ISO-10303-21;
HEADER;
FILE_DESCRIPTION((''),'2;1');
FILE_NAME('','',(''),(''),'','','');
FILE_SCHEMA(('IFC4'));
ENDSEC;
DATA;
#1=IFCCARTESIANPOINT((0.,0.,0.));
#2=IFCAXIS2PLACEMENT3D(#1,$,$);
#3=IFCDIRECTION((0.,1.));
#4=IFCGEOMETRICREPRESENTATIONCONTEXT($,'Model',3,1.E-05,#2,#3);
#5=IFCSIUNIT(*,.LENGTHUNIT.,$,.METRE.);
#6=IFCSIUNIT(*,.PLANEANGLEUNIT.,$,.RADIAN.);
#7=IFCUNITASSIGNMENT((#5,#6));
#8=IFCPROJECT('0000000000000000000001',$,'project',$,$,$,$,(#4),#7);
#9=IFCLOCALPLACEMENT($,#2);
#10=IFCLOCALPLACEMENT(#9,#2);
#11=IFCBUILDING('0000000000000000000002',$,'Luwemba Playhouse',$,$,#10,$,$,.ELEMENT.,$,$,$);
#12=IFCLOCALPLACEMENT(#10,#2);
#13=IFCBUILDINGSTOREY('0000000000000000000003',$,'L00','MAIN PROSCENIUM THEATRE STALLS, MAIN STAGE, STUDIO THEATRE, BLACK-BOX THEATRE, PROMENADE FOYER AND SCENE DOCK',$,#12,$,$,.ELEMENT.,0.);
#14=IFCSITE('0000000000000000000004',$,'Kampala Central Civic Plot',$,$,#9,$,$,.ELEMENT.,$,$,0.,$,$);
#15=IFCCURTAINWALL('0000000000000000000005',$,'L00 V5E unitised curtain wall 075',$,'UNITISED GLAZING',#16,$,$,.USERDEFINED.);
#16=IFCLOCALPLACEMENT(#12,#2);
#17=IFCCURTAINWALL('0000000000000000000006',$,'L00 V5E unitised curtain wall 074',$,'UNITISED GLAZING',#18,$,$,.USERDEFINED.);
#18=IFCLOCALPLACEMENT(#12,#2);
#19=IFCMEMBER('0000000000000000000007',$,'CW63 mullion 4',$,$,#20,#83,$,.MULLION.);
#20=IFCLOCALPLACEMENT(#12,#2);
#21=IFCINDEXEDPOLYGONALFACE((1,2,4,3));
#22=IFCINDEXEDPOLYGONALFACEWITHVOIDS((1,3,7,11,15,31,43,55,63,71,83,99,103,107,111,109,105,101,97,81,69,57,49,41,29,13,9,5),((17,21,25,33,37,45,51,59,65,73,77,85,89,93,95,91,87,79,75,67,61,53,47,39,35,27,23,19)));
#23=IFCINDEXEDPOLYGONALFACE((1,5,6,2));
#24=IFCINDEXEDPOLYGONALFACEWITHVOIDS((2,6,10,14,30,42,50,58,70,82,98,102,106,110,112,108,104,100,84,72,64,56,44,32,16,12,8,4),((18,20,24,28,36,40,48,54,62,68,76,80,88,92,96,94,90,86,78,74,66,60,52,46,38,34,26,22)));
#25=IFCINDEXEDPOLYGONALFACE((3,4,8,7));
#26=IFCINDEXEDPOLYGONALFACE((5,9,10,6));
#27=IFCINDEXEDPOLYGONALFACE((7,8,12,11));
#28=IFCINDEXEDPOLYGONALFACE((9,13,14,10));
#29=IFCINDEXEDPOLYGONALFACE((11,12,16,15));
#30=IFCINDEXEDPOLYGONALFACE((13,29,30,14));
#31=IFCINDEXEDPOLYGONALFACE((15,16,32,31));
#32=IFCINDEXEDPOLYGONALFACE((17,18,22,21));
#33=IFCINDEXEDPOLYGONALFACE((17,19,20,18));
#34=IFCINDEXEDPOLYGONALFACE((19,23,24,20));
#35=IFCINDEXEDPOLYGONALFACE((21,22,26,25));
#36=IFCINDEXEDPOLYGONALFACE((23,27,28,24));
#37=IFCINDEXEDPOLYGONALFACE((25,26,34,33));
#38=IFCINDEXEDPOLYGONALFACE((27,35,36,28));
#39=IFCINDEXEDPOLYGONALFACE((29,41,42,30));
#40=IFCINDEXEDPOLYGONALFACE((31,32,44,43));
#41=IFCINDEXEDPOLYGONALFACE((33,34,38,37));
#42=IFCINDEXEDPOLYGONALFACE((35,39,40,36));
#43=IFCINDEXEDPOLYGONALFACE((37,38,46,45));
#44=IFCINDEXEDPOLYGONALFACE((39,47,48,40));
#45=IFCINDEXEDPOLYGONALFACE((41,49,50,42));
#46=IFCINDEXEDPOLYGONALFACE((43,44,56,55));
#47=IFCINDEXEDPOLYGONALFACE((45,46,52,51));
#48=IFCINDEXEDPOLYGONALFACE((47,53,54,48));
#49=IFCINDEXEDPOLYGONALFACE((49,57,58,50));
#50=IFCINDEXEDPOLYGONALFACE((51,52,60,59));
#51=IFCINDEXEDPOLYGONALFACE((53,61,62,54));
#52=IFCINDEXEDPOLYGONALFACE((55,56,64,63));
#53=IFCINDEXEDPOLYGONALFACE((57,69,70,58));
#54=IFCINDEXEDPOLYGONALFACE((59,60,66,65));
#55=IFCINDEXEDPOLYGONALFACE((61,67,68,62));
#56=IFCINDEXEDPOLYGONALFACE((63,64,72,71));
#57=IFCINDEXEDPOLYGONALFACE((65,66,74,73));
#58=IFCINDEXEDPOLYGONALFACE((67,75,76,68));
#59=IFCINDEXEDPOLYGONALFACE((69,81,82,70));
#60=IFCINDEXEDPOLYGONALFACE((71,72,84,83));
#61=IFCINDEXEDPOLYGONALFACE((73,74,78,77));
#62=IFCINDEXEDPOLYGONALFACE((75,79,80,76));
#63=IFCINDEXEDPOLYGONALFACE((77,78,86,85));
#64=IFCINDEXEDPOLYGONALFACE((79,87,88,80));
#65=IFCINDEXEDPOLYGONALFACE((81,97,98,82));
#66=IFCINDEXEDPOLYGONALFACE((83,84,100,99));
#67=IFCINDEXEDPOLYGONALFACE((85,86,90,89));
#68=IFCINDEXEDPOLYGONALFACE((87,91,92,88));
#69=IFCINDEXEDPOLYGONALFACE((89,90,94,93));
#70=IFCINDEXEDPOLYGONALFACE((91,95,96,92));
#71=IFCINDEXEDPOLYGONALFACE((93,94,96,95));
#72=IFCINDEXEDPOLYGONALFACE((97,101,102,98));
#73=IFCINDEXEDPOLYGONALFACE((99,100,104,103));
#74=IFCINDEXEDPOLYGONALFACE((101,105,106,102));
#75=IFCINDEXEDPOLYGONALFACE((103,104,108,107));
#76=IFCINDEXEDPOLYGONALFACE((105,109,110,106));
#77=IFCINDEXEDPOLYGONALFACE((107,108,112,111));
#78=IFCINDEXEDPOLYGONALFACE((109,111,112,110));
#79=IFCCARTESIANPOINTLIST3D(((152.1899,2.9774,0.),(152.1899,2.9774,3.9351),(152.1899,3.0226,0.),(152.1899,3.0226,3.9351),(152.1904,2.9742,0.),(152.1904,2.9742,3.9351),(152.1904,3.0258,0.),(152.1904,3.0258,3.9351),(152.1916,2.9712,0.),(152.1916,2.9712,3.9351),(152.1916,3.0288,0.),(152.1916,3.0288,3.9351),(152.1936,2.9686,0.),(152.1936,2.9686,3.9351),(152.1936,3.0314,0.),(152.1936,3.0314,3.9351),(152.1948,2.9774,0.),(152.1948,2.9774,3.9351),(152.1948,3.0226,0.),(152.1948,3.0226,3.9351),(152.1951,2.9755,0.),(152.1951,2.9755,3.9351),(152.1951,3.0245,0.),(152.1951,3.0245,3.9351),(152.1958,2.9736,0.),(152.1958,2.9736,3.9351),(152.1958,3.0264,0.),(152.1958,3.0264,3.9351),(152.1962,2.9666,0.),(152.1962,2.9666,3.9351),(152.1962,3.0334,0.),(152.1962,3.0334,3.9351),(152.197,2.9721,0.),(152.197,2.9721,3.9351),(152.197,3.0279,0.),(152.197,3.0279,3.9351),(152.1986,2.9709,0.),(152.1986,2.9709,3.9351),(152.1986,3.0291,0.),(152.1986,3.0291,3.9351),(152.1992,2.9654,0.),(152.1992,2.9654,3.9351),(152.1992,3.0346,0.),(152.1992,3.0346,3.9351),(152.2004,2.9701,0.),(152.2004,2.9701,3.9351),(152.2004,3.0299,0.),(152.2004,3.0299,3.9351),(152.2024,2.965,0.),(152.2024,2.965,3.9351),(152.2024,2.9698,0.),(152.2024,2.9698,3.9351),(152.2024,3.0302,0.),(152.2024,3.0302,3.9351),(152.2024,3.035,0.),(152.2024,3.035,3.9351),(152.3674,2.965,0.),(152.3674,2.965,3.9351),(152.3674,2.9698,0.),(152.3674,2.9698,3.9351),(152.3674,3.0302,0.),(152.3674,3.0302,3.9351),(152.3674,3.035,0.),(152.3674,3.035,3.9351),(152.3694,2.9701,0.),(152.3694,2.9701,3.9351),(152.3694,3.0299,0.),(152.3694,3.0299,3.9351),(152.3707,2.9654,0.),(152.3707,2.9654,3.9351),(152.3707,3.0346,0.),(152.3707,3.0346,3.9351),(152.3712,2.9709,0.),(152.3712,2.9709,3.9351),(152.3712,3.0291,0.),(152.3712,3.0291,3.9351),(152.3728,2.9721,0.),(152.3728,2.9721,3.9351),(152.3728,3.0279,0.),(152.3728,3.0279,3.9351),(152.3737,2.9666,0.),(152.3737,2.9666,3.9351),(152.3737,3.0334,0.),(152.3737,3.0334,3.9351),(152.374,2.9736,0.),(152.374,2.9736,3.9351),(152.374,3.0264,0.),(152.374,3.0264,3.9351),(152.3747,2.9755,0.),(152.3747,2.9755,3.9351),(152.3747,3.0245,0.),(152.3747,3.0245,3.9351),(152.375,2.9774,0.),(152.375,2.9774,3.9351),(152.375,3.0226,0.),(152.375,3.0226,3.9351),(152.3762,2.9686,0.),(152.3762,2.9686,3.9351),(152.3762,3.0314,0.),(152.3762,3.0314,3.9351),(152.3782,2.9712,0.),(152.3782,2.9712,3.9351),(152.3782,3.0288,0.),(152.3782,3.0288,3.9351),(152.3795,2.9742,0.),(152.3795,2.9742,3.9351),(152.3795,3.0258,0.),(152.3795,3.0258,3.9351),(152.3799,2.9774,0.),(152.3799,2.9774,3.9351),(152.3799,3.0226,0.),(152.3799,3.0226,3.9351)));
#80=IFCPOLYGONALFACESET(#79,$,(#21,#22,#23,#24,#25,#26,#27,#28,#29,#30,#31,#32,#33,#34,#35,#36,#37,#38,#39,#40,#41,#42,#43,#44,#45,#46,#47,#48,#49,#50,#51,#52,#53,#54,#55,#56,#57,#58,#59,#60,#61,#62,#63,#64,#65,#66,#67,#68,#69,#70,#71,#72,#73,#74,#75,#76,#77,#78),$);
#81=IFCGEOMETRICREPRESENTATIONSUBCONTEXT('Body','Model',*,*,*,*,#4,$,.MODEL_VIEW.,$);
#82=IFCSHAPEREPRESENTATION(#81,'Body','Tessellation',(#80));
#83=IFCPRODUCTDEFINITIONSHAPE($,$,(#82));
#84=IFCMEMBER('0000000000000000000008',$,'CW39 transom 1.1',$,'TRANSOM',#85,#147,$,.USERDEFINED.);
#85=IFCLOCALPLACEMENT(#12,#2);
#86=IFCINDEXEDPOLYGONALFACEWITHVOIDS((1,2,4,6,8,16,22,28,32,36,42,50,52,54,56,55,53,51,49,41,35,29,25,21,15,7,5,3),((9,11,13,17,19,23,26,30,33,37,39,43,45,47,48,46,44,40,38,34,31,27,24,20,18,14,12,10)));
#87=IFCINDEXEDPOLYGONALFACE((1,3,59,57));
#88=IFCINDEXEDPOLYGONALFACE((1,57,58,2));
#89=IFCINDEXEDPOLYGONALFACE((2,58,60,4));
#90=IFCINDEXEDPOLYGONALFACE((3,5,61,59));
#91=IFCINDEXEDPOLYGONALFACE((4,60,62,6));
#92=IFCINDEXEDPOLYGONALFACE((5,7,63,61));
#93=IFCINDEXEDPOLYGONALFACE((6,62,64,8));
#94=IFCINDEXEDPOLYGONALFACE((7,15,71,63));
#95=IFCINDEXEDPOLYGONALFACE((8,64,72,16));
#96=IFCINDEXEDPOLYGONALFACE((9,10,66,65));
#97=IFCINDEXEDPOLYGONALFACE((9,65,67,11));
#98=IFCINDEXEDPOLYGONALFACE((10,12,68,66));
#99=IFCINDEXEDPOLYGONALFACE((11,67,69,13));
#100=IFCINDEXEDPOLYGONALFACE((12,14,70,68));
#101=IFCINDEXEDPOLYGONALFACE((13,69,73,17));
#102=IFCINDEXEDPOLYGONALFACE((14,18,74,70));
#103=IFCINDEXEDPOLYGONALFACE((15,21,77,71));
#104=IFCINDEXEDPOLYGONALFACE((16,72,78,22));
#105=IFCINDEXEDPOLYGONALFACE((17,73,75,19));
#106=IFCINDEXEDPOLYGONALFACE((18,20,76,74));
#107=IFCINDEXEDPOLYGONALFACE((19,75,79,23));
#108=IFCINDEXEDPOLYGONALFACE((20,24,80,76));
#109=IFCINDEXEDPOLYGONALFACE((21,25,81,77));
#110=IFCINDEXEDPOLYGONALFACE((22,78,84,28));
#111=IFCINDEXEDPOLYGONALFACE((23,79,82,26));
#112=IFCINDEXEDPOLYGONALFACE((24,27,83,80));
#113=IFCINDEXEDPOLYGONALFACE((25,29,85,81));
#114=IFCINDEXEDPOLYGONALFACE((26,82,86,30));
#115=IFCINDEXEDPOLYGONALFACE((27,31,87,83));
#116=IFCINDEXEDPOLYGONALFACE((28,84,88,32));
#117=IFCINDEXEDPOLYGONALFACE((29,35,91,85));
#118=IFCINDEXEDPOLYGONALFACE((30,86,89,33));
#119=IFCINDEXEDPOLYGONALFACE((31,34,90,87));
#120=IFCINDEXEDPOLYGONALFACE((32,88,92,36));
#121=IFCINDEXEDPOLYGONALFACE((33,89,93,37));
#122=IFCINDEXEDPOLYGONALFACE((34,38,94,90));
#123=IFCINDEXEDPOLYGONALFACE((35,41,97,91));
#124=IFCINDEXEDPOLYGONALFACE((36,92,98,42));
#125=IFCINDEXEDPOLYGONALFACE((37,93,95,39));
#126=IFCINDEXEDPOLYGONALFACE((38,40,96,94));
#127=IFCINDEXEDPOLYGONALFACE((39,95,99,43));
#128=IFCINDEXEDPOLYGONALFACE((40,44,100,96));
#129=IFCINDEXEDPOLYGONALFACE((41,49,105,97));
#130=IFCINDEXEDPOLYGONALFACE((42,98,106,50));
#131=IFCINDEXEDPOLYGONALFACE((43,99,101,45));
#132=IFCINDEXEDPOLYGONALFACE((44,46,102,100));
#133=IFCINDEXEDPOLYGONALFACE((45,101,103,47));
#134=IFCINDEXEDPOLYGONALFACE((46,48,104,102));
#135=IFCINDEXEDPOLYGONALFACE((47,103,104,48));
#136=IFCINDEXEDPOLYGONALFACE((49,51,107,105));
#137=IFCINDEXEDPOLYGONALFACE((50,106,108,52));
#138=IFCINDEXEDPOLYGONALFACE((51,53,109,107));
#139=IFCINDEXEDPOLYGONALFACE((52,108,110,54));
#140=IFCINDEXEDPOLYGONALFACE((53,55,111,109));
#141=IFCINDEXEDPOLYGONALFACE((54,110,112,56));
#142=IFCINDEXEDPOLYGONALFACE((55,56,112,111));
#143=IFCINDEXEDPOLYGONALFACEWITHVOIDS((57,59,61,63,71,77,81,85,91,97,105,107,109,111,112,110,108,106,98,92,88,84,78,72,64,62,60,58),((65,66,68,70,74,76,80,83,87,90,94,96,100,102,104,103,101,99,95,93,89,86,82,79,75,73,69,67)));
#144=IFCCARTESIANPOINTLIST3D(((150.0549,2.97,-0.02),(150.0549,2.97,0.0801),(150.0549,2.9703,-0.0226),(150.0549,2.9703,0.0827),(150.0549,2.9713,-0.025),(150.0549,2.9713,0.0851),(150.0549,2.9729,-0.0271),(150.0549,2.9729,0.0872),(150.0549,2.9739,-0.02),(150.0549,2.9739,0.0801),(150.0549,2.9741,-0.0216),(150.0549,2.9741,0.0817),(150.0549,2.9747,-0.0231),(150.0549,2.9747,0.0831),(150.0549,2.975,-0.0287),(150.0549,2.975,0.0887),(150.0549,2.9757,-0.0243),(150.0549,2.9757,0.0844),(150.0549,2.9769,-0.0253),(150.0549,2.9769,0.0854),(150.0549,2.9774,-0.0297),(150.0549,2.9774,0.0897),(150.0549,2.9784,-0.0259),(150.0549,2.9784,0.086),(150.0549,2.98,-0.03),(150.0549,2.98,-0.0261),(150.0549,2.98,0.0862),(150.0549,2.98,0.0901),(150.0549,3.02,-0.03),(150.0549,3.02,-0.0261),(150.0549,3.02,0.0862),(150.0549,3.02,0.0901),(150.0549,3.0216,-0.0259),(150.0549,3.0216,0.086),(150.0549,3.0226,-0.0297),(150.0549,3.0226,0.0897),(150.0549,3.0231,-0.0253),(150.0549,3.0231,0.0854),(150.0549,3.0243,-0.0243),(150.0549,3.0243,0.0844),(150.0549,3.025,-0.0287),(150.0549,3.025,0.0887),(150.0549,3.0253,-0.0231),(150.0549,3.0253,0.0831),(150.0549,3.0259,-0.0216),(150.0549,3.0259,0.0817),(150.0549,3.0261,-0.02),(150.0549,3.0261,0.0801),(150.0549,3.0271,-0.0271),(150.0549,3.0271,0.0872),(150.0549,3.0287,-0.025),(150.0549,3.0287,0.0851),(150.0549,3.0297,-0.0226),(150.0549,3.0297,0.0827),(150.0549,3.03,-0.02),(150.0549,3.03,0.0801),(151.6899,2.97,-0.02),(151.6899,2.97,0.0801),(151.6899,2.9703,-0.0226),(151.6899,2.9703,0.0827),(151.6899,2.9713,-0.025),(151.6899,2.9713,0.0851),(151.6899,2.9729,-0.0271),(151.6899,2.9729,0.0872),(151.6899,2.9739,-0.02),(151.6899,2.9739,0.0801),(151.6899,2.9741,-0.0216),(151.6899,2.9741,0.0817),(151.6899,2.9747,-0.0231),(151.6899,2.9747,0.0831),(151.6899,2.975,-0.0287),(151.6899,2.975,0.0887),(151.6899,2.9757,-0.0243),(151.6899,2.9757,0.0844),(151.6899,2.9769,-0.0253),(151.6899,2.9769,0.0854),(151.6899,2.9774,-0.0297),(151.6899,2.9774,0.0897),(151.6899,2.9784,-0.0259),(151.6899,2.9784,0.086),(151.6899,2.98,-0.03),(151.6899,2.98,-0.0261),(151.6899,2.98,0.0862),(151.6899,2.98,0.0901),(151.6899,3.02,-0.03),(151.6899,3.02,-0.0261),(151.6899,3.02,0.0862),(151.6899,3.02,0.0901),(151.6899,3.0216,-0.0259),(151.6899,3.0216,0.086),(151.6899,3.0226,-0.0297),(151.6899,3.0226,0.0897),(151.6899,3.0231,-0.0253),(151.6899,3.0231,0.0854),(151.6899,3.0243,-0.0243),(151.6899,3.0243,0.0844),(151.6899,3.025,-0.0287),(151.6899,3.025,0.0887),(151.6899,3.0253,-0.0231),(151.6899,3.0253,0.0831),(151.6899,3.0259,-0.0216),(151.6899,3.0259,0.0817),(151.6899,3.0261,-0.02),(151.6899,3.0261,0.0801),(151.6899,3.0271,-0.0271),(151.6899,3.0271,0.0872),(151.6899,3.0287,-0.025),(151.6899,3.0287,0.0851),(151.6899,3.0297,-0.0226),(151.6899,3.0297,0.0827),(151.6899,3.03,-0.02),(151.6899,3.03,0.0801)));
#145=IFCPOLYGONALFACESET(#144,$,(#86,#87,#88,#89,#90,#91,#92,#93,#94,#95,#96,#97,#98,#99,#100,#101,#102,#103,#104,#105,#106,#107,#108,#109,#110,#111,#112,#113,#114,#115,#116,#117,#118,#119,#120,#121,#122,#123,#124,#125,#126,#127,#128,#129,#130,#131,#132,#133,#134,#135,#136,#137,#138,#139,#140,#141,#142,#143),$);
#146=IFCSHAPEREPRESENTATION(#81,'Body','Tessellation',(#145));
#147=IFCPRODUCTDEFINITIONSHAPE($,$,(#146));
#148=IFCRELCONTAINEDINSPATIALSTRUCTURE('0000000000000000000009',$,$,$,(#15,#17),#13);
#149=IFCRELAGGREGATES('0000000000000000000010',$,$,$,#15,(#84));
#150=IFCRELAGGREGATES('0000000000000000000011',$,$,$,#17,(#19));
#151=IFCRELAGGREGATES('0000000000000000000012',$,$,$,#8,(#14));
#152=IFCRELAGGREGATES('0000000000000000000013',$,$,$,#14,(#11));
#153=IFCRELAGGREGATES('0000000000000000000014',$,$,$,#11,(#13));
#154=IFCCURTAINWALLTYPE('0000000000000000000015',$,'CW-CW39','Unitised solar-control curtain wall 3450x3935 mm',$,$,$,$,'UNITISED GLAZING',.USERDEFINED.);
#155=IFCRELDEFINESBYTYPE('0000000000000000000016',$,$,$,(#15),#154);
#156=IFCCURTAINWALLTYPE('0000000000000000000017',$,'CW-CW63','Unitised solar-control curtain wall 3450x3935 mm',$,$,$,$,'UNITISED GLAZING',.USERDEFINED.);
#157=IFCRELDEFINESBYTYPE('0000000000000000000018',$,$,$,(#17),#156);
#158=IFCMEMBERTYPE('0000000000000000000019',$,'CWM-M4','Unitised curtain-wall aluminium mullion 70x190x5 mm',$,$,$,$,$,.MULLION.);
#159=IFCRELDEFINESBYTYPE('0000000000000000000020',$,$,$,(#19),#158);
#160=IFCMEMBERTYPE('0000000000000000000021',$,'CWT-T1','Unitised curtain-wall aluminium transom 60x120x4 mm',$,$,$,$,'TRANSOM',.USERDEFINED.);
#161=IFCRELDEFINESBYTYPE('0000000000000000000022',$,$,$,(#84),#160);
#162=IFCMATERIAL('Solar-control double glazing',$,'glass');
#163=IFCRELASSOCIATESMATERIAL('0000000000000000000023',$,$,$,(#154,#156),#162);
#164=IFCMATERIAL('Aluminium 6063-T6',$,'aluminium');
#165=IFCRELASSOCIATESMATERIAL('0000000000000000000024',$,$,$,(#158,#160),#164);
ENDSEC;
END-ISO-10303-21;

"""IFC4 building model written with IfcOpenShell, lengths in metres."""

from ifc_helpers import new_model, si_unit, direction, frame, origin, origin_2d, place, context, subcontext, project, spatial, hollow_rectangle, extrude, material, material_profile, profile_set, type_object, element, aggregate, save


model = new_model("IFC4")

# Units and contexts
model_context = context("Model", 3, precision=1e-05, world=origin(), true_north=direction((0.0, 1.0)))
body_context = subcontext(model_context, "Body", "Model", "MODEL_VIEW")
ifc_project = project(units=[si_unit("LENGTHUNIT", "METRE"), si_unit("PLANEANGLEUNIT", "RADIAN")], contexts=[model_context])

# Site, building, storey
site_placement = place(None, origin())
site = spatial("IfcSite", under=ifc_project, at=site_placement, Name="Kampala Central Civic Plot", CompositionType="ELEMENT", RefElevation=0.0)
building_placement = place(site_placement, origin())
building = spatial("IfcBuilding", under=site, at=building_placement, Name="Luwemba Playhouse", CompositionType="ELEMENT")
storey_placement = place(building_placement, origin())
storey = spatial("IfcBuildingStorey", under=building, at=storey_placement, Name="L00", Description="MAIN PROSCENIUM THEATRE STALLS, MAIN STAGE, STUDIO THEATRE, BLACK-BOX THEATRE, PROMENADE FOYER AND SCENE DOCK", CompositionType="ELEMENT", Elevation=0.0)

# Curtain wall
ifc_material_1 = material(Name="Solar-control double glazing", Category="glass")
curtain_wall_type_1 = type_object("IfcCurtainWallType", Name="CW-CW39", Description="Unitised solar-control curtain wall 3450x3935 mm", ElementType="UNITISED GLAZING", PredefinedType="USERDEFINED", material=ifc_material_1)
curtain_wall_1_placement = place(storey_placement, origin())
curtain_wall_1 = element("IfcCurtainWall", 1, at=curtain_wall_1_placement, inside=storey, type_object=curtain_wall_type_1, Name="L00 V5E unitised curtain wall 075", ObjectType="UNITISED GLAZING", PredefinedType="USERDEFINED")
ifc_material_2 = material(Name="Aluminium 6063-T6", Category="aluminium")

# Curtain wall, member
curtain_wall_type_2 = type_object("IfcCurtainWallType", Name="CW-CW63", Description="Unitised solar-control curtain wall 3450x3935 mm", ElementType="UNITISED GLAZING", PredefinedType="USERDEFINED", material=ifc_material_1)
curtain_wall_2_placement = place(storey_placement, origin())
curtain_wall_2 = element("IfcCurtainWall", 2, at=curtain_wall_2_placement, inside=storey, type_object=curtain_wall_type_2, Name="L00 V5E unitised curtain wall 074", ObjectType="UNITISED GLAZING", PredefinedType="USERDEFINED")
ifc_material_profile_1 = material_profile(ifc_material_2, hollow_rectangle(XDim=0.0701, YDim=0.1899, WallThickness=0.0049, InnerFilletRadius=0.0076, OuterFilletRadius=0.0125, at=origin_2d()))
ifc_profile_set_1 = profile_set([ifc_material_profile_1], Name="Aluminium 6063-T6")
member_type_1 = type_object("IfcMemberType", Name="CWM-M4", Description="Unitised curtain-wall aluminium mullion 70x190x5 mm", PredefinedType="MULLION", material=ifc_profile_set_1)
member_1_placement = place(storey_placement, frame((152.2849, 3.0, 0.0), z_axis=(0.0, 0.0, 1.0), x_axis=(0.0, -1.0, 0.0)))
member_1 = element("IfcMember", 3, at=member_1_placement, type_object=member_type_1, Name="CW63 mullion 4", PredefinedType="MULLION", context=body_context, shape_type="SweptSolid", body=[
    extrude(hollow_rectangle(XDim=0.0701, YDim=0.1899, WallThickness=0.0049, InnerFilletRadius=0.0076, OuterFilletRadius=0.0125, at=origin_2d()), origin(), (0.0, 0.0, 1.0), 3.9351),
])

# Member
ifc_material_profile_2 = material_profile(ifc_material_2, hollow_rectangle(XDim=0.0601, YDim=0.1201, WallThickness=0.0039, InnerFilletRadius=0.0061, OuterFilletRadius=0.01, at=origin_2d()))
ifc_profile_set_2 = profile_set([ifc_material_profile_2], Name="Aluminium 6063-T6")
member_type_2 = type_object("IfcMemberType", Name="CWT-T1", Description="Unitised curtain-wall aluminium transom 60x120x4 mm", ElementType="TRANSOM", PredefinedType="USERDEFINED", material=ifc_profile_set_2)
member_2_placement = place(storey_placement, frame((151.6899, 3.0, 0.03), z_axis=(-1.0, 0.0, 0.0), x_axis=(0.0, -1.0, 0.0)))
member_2 = element("IfcMember", 4, at=member_2_placement, type_object=member_type_2, Name="CW39 transom 1.1", ObjectType="TRANSOM", PredefinedType="USERDEFINED", context=body_context, shape_type="SweptSolid", body=[
    extrude(hollow_rectangle(XDim=0.0601, YDim=0.1201, WallThickness=0.0039, InnerFilletRadius=0.0061, OuterFilletRadius=0.01, at=origin_2d()), origin(), (0.0, 0.0, 1.0), 1.635),
])

aggregate(curtain_wall_1, [member_2])
aggregate(curtain_wall_2, [member_1])

save(model, "model.ifc")
